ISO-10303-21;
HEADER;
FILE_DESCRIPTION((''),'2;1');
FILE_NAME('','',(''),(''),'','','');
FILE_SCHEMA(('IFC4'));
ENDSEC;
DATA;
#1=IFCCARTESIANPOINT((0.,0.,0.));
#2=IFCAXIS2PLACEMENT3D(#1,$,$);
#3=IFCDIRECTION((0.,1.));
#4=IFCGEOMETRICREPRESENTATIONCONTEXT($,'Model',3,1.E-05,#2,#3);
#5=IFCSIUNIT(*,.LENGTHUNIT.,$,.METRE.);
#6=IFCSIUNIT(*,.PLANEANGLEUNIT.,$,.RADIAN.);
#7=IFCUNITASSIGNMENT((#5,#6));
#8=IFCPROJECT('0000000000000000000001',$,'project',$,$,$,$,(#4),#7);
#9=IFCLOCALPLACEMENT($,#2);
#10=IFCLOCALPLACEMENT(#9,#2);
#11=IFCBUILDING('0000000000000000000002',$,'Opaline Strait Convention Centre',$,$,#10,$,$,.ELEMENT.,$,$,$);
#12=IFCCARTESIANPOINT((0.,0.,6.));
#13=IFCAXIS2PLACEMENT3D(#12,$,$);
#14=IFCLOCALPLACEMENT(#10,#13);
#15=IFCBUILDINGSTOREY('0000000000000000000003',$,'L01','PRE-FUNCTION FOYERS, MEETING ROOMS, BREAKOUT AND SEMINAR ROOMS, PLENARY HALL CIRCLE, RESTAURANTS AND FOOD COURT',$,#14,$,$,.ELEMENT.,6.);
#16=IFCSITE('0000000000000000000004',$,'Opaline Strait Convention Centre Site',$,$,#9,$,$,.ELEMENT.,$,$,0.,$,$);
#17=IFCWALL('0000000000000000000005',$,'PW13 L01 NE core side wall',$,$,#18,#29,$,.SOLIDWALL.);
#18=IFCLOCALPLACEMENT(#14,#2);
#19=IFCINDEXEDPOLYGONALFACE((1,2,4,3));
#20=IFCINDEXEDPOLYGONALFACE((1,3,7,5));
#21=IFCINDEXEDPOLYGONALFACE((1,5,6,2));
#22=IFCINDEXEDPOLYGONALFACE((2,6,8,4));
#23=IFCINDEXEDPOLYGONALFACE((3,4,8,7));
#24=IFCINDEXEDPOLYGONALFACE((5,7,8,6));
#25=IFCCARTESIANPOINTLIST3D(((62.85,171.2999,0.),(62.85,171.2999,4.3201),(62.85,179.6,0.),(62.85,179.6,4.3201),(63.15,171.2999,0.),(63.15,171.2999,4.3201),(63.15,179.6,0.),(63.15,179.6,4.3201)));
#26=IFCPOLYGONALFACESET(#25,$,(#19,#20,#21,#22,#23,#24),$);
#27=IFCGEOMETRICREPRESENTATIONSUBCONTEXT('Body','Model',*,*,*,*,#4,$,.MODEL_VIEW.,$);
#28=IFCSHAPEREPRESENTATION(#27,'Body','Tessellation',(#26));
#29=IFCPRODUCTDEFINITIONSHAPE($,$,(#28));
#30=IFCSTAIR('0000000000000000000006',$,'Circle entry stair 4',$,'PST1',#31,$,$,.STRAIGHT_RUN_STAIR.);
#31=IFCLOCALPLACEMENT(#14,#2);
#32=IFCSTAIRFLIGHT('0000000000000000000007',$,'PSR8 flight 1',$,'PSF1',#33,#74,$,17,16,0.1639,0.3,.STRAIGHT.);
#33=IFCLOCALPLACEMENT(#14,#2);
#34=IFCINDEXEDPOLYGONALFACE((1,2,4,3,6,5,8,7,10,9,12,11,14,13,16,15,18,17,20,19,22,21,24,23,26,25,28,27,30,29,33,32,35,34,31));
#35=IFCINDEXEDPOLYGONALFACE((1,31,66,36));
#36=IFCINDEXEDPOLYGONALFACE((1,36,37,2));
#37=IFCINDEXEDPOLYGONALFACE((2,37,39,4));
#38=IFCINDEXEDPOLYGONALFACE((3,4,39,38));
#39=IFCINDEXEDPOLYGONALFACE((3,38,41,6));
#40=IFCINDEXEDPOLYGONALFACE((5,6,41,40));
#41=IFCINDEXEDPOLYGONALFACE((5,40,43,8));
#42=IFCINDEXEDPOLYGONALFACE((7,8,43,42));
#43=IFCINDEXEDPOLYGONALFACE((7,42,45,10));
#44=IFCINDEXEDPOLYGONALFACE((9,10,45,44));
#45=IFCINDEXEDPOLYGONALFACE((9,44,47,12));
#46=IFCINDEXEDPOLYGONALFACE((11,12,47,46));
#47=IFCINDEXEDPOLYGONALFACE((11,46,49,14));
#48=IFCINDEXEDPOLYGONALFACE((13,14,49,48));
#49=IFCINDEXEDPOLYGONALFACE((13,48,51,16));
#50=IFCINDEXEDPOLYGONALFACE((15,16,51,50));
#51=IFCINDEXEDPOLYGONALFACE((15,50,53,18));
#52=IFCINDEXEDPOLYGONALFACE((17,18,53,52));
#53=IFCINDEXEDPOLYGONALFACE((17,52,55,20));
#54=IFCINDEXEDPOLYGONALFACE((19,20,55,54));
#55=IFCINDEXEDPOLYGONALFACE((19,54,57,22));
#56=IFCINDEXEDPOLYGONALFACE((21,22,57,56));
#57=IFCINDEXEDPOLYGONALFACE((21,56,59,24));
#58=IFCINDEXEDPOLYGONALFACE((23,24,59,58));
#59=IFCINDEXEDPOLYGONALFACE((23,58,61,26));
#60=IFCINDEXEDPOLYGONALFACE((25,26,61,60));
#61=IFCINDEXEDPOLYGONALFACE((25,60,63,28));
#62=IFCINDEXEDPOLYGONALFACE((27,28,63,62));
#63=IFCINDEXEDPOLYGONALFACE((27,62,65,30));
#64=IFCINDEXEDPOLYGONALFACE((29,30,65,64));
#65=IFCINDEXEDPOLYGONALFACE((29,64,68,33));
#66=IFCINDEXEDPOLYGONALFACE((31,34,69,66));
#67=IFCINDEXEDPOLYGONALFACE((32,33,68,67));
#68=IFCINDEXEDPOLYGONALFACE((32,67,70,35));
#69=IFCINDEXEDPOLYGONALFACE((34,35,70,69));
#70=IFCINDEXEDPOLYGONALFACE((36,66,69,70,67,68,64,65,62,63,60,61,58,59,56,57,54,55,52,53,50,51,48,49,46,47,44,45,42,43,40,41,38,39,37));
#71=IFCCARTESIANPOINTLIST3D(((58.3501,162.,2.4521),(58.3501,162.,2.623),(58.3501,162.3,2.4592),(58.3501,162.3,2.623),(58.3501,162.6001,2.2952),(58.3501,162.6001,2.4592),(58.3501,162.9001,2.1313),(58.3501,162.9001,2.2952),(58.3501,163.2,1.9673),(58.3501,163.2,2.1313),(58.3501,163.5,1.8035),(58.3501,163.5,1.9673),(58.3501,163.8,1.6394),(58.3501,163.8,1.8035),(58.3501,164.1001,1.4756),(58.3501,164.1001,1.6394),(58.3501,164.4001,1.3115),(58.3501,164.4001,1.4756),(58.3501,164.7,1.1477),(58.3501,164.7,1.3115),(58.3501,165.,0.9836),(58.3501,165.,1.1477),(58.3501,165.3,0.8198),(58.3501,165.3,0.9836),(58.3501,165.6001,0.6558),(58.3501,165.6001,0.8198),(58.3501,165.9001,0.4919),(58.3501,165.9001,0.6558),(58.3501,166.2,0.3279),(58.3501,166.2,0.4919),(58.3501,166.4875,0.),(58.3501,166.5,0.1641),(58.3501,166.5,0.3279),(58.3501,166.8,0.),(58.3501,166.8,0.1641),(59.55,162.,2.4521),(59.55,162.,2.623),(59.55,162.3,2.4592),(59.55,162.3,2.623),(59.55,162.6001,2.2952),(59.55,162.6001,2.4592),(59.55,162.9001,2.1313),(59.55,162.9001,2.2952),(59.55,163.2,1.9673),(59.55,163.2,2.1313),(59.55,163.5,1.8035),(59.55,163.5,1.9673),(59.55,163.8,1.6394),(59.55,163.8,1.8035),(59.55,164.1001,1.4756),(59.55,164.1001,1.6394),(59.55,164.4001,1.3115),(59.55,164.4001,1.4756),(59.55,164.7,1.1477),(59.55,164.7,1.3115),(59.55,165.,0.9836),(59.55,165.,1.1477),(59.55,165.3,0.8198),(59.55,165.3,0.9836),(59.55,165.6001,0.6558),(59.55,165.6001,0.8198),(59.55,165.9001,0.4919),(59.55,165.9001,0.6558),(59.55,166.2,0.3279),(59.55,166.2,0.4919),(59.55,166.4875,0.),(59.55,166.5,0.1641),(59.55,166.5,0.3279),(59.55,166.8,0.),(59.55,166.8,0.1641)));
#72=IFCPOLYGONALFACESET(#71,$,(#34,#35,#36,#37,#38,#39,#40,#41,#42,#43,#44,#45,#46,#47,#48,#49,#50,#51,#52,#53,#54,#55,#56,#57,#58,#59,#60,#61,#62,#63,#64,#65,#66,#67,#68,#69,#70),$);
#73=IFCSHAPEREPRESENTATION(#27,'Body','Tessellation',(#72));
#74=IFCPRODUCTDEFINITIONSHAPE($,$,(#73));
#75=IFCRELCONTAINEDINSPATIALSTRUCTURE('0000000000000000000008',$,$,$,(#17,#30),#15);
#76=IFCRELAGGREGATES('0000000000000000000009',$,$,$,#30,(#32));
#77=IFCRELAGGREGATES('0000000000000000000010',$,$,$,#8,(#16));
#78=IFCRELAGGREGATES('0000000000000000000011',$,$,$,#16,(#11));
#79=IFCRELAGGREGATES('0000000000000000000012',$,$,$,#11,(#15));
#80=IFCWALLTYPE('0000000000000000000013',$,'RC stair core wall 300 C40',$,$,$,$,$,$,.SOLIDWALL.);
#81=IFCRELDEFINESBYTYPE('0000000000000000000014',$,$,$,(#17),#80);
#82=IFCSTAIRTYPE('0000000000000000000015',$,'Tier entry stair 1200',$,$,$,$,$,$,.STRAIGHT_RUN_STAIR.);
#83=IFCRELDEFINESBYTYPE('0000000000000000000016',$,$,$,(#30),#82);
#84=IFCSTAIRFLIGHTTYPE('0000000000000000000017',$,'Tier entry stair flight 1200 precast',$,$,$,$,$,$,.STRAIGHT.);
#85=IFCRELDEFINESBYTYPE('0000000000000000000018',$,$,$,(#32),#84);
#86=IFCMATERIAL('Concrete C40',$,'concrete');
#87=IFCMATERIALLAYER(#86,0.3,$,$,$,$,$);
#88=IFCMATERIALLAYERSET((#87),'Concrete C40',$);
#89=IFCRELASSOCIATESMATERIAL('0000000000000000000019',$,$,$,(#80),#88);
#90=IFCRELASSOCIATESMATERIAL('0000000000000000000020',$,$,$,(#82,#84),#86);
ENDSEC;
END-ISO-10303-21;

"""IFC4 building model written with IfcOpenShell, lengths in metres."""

from ifc_helpers import new_model, si_unit, direction, frame, frame_2d, origin, place, context, subcontext, project, spatial, polyline, rectangle, outline, extrude, material, layer, layer_set, type_object, element, aggregate, save


model = new_model("IFC4")

# Units and contexts
model_context = context("Model", 3, precision=1e-05, world=origin(), true_north=direction((0.0, 1.0)))
body_context = subcontext(model_context, "Body", "Model", "MODEL_VIEW")
ifc_project = project(units=[si_unit("LENGTHUNIT", "METRE"), si_unit("PLANEANGLEUNIT", "RADIAN")], contexts=[model_context])

# Site, building, storey
site_placement = place(None, origin())
site = spatial("IfcSite", under=ifc_project, at=site_placement, Name="Opaline Strait Convention Centre Site", CompositionType="ELEMENT", RefElevation=0.0)
building_placement = place(site_placement, origin())
building = spatial("IfcBuilding", under=site, at=building_placement, Name="Opaline Strait Convention Centre", CompositionType="ELEMENT")
storey_placement = place(building_placement, frame((0.0, 0.0, 6.0)))
storey = spatial("IfcBuildingStorey", under=building, at=storey_placement, Name="L01", Description="PRE-FUNCTION FOYERS, MEETING ROOMS, BREAKOUT AND SEMINAR ROOMS, PLENARY HALL CIRCLE, RESTAURANTS AND FOOD COURT", CompositionType="ELEMENT", Elevation=6.0)

# Shared definitions
ifc_material_1 = material(Name="Concrete C40", Category="concrete")

# Wall
ifc_layer_1 = layer(ifc_material_1, 0.3)
ifc_layer_set_1 = layer_set([ifc_layer_1], Name="Concrete C40")
wall_type_1 = type_object("IfcWallType", Name="RC stair core wall 300 C40", PredefinedType="SOLIDWALL", material=ifc_layer_set_1)
wall_1_placement = place(storey_placement, frame((63.0, 171.3, 0.0), z_axis=(0.0, 0.0, 1.0), x_axis=(0.0, 1.0, 0.0)))
element("IfcWall", 1, at=wall_1_placement, inside=storey, type_object=wall_type_1, Name="PW13 L01 NE core side wall", PredefinedType="SOLIDWALL", context=body_context, shape_type="SweptSolid", body=[
    extrude(rectangle(XDim=8.3, YDim=0.3, at=frame_2d((4.1499, 0.0))), origin(), (0.0, 0.0, 1.0), 4.3201),
])

# Stair, stair flight
stair_type = type_object("IfcStairType", Name="Tier entry stair 1200", PredefinedType="STRAIGHT_RUN_STAIR", material=ifc_material_1)
stair_placement = place(storey_placement, origin())
stair = element("IfcStair", 2, at=stair_placement, inside=storey, type_object=stair_type, Name="Circle entry stair 4", ObjectType="PST1", PredefinedType="STRAIGHT_RUN_STAIR")
stair_flight_type = type_object("IfcStairFlightType", Name="Tier entry stair flight 1200 precast", PredefinedType="STRAIGHT", material=ifc_material_1)
stair_flight_placement = place(storey_placement, frame((58.95, 166.8, 0.0), z_axis=(0.0, 0.0, 1.0), x_axis=(0.0, -1.0, 0.0)))
stair_flight = element("IfcStairFlight", 3, at=stair_flight_placement, type_object=stair_flight_type, Name="PSR8 flight 1", ObjectType="PSF1", NumberOfRisers=17, NumberOfTreads=16, PredefinedType="STRAIGHT", RiserHeight=0.1639, TreadLength=0.3, context=body_context, shape_type="SweptSolid", body=[
    extrude(outline(polyline([(0.0, 0.0), (0.0, 0.1641), (0.3, 0.1641), (0.3, 0.3279), (0.6001, 0.3279), (0.6001, 0.4919), (0.8999, 0.4919), (0.8999, 0.6558), (1.2, 0.6558), (1.2, 0.8198), (1.5, 0.8198), (1.5, 0.9836), (1.8, 0.9836), (1.8, 1.1477), (2.1001, 1.1477), (2.1001, 1.3115), (2.3999, 1.3115), (2.3999, 1.4756), (2.7, 1.4756), (2.7, 1.6394), (3.0, 1.6394), (3.0, 1.8035), (3.3, 1.8035), (3.3, 1.9673), (3.6001, 1.9673), (3.6001, 2.1313), (3.8999, 2.1313), (3.8999, 2.2952), (4.2, 2.2952), (4.2, 2.4592), (4.5, 2.4592), (4.5, 2.623), (4.8, 2.623), (4.8, 2.7871), (4.8, 2.4521), (0.3125, 0.0), (0.0, 0.0)])), frame((0.0, 0.6001, 0.0), z_axis=(0.0, -1.0, 0.0), x_axis=(1.0, 0.0, 0.0)), (0.0, 0.0, 1.0), 1.2),
])
aggregate(stair, [stair_flight])

save(model, "model.ifc")
